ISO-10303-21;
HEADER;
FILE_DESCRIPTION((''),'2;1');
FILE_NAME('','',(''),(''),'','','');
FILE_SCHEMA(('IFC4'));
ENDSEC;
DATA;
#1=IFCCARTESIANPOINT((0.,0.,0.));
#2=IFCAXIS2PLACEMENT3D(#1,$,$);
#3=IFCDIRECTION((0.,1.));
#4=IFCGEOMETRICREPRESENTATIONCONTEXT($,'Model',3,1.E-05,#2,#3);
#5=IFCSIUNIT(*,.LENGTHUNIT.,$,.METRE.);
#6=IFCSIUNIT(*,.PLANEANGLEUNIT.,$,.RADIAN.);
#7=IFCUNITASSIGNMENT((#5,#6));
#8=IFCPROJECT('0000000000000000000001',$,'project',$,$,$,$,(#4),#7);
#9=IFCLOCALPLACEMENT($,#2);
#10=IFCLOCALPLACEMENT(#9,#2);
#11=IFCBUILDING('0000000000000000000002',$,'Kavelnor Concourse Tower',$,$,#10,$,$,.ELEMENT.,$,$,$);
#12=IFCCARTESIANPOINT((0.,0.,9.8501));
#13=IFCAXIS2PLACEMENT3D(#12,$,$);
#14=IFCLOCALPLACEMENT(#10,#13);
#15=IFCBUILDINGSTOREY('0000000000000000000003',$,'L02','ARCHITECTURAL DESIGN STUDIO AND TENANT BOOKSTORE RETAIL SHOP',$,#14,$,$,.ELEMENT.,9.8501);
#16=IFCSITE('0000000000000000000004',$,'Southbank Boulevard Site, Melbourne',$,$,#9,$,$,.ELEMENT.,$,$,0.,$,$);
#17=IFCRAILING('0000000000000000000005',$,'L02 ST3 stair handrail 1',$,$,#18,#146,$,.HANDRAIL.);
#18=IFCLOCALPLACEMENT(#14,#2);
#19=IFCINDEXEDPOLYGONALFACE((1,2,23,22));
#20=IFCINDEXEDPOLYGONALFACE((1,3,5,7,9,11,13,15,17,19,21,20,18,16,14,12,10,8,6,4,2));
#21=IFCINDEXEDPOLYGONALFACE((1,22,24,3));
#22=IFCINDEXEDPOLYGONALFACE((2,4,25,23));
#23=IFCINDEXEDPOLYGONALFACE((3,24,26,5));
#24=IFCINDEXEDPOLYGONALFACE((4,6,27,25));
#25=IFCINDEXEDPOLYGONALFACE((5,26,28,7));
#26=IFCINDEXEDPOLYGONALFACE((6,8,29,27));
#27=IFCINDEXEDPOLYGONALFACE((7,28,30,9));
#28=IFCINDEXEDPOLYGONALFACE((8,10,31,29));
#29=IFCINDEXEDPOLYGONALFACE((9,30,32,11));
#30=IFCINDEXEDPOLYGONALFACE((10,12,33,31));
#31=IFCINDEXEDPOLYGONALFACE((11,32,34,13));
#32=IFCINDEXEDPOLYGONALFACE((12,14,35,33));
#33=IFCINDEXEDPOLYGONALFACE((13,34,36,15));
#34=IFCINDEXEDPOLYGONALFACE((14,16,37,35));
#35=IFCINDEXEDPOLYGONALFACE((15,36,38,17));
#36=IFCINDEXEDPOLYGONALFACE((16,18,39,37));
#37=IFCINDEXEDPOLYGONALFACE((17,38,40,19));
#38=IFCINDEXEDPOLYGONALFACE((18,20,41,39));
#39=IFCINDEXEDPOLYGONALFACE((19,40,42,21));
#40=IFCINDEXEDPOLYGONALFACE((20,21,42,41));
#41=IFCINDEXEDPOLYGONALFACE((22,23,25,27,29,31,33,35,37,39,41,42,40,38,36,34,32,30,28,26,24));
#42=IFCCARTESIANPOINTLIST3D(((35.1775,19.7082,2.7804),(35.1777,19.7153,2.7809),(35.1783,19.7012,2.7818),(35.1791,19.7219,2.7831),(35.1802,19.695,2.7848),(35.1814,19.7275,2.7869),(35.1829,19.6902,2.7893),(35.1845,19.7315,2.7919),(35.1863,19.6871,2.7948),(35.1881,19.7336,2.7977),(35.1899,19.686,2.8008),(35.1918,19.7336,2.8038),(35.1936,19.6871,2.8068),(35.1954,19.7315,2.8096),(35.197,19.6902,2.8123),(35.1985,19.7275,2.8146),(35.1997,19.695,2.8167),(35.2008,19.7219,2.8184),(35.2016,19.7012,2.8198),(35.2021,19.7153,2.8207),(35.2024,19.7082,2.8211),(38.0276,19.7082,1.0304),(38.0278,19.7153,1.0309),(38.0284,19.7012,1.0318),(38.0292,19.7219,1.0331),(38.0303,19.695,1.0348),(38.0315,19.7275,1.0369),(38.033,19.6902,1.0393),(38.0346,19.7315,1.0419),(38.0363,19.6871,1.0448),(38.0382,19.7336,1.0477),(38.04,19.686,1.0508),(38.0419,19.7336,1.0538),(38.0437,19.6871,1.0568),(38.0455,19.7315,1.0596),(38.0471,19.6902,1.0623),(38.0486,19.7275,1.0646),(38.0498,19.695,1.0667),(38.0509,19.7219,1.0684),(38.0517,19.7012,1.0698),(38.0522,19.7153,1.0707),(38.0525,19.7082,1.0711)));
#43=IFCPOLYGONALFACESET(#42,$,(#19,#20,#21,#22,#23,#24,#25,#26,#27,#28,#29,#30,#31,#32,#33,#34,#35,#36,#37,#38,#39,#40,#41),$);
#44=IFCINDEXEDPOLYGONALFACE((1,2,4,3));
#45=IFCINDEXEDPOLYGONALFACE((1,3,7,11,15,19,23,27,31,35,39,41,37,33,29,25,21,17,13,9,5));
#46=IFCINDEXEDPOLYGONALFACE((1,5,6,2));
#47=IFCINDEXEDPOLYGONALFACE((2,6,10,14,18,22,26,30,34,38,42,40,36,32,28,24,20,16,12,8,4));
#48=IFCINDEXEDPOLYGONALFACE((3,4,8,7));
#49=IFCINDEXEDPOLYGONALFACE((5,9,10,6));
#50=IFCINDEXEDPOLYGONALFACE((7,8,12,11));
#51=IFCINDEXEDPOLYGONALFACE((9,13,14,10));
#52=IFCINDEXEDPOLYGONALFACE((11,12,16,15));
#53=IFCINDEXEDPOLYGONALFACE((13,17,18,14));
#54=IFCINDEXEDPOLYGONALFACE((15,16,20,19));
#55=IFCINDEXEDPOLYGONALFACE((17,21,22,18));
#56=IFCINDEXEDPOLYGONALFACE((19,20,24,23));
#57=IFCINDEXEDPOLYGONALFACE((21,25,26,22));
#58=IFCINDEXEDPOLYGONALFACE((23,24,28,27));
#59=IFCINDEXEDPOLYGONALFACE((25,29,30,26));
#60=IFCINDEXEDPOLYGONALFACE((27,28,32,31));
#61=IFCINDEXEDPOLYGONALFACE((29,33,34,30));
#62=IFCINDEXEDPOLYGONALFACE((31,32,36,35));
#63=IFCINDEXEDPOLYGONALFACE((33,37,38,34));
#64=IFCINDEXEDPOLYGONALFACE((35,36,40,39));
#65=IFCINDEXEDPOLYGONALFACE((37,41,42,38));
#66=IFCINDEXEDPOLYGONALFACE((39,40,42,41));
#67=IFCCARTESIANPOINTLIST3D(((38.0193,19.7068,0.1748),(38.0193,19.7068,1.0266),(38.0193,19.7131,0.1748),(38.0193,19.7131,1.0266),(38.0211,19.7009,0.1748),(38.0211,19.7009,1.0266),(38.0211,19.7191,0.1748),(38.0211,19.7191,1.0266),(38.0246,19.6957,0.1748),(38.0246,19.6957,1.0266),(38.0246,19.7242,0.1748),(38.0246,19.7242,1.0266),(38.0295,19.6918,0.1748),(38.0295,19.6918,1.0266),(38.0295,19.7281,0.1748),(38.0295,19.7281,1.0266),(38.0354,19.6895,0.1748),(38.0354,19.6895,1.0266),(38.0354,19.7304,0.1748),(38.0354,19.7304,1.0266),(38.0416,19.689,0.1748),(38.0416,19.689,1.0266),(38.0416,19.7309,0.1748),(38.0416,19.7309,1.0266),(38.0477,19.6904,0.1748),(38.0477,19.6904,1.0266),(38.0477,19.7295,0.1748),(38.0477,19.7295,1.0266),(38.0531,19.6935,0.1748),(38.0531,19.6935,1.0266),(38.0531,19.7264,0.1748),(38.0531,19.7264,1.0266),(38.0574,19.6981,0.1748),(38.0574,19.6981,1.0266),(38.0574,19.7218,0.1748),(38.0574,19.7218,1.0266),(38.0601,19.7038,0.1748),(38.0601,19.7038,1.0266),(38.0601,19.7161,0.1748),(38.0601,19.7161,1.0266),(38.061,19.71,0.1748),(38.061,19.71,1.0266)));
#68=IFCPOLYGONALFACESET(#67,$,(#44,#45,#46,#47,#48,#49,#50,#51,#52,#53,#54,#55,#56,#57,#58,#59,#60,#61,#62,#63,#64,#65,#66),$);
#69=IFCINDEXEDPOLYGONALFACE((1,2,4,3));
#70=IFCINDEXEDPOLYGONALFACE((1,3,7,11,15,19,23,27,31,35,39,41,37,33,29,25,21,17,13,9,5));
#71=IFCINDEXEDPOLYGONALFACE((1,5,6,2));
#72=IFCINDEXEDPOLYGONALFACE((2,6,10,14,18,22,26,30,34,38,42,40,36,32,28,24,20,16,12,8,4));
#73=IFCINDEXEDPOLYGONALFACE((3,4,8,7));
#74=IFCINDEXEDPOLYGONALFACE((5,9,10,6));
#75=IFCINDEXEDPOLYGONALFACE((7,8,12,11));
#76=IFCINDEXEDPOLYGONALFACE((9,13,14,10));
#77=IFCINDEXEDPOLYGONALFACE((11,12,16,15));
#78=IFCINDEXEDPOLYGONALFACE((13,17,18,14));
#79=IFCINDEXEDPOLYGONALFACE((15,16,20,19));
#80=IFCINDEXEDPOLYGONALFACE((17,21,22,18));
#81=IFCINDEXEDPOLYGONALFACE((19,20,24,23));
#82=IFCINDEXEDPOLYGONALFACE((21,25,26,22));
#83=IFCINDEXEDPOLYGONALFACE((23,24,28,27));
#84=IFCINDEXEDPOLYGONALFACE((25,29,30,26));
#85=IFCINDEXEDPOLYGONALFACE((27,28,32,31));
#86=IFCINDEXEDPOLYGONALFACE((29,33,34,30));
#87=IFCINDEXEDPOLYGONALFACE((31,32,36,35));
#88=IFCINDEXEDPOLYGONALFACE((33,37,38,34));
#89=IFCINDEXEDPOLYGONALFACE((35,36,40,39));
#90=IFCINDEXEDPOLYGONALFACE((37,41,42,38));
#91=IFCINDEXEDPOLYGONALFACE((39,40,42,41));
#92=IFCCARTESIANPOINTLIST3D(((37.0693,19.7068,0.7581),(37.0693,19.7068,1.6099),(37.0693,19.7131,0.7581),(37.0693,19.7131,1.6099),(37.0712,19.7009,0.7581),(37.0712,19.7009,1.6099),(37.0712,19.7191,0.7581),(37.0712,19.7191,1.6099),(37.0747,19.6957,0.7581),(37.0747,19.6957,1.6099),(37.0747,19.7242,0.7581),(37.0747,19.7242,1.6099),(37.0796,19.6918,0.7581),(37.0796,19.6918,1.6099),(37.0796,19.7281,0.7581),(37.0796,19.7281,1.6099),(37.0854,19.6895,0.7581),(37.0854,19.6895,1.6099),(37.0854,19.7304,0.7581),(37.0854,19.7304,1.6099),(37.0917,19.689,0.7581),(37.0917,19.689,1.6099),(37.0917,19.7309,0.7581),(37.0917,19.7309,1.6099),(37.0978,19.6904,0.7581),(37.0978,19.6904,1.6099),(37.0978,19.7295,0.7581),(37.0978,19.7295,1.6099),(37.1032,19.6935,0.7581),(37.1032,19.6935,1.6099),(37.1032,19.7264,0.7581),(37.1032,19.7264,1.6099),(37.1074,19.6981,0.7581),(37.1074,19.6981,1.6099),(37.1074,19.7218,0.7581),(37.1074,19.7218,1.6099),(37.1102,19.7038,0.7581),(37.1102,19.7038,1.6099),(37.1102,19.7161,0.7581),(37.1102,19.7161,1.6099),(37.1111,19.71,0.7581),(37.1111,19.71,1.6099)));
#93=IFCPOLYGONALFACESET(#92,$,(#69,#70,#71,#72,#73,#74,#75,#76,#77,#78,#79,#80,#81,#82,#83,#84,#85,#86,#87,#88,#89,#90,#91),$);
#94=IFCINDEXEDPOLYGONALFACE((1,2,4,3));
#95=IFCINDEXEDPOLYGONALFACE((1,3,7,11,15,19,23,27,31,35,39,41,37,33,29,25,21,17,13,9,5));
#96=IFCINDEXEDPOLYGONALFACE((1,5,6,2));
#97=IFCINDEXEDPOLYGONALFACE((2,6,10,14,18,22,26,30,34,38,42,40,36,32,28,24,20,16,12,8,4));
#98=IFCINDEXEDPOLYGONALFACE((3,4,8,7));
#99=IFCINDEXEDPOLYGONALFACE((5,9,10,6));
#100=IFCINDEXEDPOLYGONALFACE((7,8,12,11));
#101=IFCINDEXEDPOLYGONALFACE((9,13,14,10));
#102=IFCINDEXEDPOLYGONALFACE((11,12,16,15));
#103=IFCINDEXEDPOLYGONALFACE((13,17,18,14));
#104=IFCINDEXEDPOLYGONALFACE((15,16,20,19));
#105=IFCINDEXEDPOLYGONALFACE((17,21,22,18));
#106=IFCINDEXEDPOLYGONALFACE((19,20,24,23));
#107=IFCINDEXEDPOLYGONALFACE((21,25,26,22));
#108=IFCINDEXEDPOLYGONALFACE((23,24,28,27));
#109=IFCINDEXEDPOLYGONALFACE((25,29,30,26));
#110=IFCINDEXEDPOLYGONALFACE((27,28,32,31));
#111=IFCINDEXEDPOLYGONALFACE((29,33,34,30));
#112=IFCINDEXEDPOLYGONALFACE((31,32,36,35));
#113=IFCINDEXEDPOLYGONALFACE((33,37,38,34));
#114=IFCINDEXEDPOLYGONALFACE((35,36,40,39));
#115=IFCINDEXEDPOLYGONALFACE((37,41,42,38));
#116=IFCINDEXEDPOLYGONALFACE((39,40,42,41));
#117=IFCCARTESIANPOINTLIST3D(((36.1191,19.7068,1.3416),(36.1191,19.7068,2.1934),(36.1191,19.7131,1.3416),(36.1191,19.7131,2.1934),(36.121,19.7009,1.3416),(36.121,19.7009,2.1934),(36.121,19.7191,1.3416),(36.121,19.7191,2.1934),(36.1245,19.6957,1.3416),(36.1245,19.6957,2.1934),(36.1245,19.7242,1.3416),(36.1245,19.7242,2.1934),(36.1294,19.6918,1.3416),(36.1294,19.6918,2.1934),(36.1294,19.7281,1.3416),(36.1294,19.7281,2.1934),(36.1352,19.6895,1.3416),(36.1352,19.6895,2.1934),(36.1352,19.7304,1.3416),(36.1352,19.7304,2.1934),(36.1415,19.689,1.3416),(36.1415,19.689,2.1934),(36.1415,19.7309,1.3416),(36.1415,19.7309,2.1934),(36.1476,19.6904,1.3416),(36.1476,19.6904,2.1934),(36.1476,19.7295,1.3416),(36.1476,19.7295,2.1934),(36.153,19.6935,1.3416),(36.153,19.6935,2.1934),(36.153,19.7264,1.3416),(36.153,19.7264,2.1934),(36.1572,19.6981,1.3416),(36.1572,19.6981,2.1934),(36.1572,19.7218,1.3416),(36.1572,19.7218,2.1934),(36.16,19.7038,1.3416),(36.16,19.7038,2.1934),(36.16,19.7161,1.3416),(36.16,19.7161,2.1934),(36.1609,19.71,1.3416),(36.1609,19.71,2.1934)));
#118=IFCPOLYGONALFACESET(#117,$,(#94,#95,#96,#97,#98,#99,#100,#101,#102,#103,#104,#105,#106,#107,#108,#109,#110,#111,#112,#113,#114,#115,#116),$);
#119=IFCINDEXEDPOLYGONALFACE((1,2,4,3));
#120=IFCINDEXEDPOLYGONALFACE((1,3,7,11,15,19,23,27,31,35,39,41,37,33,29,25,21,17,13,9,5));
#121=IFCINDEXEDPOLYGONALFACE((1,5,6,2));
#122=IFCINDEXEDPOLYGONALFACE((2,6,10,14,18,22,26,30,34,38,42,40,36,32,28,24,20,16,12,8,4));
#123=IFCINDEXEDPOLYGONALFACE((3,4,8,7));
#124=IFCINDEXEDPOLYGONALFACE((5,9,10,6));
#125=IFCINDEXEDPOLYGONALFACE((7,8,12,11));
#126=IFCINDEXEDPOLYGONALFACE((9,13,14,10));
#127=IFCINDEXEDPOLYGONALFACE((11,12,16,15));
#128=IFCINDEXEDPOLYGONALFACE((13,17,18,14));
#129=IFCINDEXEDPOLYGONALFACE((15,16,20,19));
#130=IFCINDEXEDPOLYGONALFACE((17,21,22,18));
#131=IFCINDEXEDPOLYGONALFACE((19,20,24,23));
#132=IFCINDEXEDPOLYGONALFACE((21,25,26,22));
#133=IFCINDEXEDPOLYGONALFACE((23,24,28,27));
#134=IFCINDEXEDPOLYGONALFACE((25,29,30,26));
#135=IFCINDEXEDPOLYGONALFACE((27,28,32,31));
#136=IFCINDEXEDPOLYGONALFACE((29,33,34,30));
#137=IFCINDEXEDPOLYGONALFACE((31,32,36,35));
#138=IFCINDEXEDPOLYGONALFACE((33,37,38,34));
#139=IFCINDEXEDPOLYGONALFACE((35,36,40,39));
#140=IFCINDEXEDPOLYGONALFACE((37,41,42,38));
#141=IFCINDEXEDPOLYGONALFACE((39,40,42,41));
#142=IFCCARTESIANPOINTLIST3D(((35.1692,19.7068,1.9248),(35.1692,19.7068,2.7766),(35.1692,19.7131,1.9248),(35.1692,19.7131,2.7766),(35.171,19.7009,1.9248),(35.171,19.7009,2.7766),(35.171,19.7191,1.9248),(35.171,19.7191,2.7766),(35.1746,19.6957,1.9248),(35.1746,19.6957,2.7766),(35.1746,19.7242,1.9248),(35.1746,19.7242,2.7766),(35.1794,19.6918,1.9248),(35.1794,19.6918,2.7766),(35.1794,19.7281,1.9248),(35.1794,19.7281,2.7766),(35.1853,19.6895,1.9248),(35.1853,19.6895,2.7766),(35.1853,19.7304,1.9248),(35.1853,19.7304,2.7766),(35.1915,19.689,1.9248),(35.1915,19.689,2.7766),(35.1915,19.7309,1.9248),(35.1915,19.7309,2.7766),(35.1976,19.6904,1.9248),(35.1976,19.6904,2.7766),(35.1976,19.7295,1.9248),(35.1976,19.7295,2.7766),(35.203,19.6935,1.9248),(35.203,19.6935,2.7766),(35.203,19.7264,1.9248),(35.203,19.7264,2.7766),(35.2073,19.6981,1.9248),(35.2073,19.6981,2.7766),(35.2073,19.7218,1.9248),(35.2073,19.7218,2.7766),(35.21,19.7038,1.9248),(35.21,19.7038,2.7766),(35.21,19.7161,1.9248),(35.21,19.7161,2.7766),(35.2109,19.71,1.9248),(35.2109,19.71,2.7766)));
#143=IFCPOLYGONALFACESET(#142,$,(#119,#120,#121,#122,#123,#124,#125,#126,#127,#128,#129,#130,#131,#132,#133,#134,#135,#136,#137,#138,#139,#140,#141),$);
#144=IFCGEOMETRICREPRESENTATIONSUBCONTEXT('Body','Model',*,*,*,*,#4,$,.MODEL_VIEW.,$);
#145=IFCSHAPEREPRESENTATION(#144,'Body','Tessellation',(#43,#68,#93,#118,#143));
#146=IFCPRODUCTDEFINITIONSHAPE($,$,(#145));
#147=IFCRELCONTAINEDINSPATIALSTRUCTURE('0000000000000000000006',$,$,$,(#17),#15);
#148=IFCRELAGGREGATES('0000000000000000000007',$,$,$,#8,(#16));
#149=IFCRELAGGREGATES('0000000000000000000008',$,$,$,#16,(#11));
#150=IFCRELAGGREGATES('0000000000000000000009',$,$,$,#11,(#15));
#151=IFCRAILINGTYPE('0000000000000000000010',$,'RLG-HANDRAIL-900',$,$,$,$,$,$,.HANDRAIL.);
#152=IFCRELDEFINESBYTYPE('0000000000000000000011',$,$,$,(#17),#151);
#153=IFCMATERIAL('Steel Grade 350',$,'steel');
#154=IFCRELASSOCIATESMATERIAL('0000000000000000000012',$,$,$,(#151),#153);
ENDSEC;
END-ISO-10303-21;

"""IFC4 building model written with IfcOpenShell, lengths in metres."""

from ifc_helpers import new_model, si_unit, direction, frame, origin, origin_2d, place, context, subcontext, project, spatial, circle, extrude, material, type_object, element, save


model = new_model("IFC4")

# Units and contexts
model_context = context("Model", 3, precision=1e-05, world=origin(), true_north=direction((0.0, 1.0)))
body_context = subcontext(model_context, "Body", "Model", "MODEL_VIEW")
ifc_project = project(units=[si_unit("LENGTHUNIT", "METRE"), si_unit("PLANEANGLEUNIT", "RADIAN")], contexts=[model_context])

# Site, building, storey
site_placement = place(None, origin())
site = spatial("IfcSite", under=ifc_project, at=site_placement, Name="Southbank Boulevard Site, Melbourne", CompositionType="ELEMENT", RefElevation=0.0)
building_placement = place(site_placement, origin())
building = spatial("IfcBuilding", under=site, at=building_placement, Name="Kavelnor Concourse Tower", CompositionType="ELEMENT")
storey_placement = place(building_placement, frame((0.0, 0.0, 9.8501)))
storey = spatial("IfcBuildingStorey", under=building, at=storey_placement, Name="L02", Description="ARCHITECTURAL DESIGN STUDIO AND TENANT BOOKSTORE RETAIL SHOP", CompositionType="ELEMENT", Elevation=9.8501)

# Shared definitions
ifc_material_1 = material(Name="Steel Grade 350", Category="steel")

# Railing
railing_type_1 = type_object("IfcRailingType", Name="RLG-HANDRAIL-900", PredefinedType="HANDRAIL", material=ifc_material_1)
railing_1_placement = place(storey_placement, frame((38.04, 19.71, 0.1748)))
element("IfcRailing", 1, at=railing_1_placement, inside=storey, type_object=railing_type_1, Name="L02 ST3 stair handrail 1", PredefinedType="HANDRAIL", context=body_context, shape_type="SweptSolid", body=[
    extrude(circle(Radius=0.0239, at=origin_2d()), frame((0.0, 0.0, 0.876), z_axis=(-0.852179, 0.0, 0.52325), x_axis=(0.0, -1.0, 0.0)), (0.0, 0.0, 1.0), 3.3445),
    extrude(circle(Radius=0.021, at=origin_2d()), origin(), (0.0, 0.0, 1.0), 0.8518),
    extrude(circle(Radius=0.021, at=origin_2d()), frame((-0.95, 0.0, 0.5833)), (0.0, 0.0, 1.0), 0.8518),
    extrude(circle(Radius=0.021, at=origin_2d()), frame((-1.9001, 0.0, 1.1667)), (0.0, 0.0, 1.0), 0.8518),
    extrude(circle(Radius=0.021, at=origin_2d()), frame((-2.8501, 0.0, 1.75)), (0.0, 0.0, 1.0), 0.8518),
])

save(model, "model.ifc")
